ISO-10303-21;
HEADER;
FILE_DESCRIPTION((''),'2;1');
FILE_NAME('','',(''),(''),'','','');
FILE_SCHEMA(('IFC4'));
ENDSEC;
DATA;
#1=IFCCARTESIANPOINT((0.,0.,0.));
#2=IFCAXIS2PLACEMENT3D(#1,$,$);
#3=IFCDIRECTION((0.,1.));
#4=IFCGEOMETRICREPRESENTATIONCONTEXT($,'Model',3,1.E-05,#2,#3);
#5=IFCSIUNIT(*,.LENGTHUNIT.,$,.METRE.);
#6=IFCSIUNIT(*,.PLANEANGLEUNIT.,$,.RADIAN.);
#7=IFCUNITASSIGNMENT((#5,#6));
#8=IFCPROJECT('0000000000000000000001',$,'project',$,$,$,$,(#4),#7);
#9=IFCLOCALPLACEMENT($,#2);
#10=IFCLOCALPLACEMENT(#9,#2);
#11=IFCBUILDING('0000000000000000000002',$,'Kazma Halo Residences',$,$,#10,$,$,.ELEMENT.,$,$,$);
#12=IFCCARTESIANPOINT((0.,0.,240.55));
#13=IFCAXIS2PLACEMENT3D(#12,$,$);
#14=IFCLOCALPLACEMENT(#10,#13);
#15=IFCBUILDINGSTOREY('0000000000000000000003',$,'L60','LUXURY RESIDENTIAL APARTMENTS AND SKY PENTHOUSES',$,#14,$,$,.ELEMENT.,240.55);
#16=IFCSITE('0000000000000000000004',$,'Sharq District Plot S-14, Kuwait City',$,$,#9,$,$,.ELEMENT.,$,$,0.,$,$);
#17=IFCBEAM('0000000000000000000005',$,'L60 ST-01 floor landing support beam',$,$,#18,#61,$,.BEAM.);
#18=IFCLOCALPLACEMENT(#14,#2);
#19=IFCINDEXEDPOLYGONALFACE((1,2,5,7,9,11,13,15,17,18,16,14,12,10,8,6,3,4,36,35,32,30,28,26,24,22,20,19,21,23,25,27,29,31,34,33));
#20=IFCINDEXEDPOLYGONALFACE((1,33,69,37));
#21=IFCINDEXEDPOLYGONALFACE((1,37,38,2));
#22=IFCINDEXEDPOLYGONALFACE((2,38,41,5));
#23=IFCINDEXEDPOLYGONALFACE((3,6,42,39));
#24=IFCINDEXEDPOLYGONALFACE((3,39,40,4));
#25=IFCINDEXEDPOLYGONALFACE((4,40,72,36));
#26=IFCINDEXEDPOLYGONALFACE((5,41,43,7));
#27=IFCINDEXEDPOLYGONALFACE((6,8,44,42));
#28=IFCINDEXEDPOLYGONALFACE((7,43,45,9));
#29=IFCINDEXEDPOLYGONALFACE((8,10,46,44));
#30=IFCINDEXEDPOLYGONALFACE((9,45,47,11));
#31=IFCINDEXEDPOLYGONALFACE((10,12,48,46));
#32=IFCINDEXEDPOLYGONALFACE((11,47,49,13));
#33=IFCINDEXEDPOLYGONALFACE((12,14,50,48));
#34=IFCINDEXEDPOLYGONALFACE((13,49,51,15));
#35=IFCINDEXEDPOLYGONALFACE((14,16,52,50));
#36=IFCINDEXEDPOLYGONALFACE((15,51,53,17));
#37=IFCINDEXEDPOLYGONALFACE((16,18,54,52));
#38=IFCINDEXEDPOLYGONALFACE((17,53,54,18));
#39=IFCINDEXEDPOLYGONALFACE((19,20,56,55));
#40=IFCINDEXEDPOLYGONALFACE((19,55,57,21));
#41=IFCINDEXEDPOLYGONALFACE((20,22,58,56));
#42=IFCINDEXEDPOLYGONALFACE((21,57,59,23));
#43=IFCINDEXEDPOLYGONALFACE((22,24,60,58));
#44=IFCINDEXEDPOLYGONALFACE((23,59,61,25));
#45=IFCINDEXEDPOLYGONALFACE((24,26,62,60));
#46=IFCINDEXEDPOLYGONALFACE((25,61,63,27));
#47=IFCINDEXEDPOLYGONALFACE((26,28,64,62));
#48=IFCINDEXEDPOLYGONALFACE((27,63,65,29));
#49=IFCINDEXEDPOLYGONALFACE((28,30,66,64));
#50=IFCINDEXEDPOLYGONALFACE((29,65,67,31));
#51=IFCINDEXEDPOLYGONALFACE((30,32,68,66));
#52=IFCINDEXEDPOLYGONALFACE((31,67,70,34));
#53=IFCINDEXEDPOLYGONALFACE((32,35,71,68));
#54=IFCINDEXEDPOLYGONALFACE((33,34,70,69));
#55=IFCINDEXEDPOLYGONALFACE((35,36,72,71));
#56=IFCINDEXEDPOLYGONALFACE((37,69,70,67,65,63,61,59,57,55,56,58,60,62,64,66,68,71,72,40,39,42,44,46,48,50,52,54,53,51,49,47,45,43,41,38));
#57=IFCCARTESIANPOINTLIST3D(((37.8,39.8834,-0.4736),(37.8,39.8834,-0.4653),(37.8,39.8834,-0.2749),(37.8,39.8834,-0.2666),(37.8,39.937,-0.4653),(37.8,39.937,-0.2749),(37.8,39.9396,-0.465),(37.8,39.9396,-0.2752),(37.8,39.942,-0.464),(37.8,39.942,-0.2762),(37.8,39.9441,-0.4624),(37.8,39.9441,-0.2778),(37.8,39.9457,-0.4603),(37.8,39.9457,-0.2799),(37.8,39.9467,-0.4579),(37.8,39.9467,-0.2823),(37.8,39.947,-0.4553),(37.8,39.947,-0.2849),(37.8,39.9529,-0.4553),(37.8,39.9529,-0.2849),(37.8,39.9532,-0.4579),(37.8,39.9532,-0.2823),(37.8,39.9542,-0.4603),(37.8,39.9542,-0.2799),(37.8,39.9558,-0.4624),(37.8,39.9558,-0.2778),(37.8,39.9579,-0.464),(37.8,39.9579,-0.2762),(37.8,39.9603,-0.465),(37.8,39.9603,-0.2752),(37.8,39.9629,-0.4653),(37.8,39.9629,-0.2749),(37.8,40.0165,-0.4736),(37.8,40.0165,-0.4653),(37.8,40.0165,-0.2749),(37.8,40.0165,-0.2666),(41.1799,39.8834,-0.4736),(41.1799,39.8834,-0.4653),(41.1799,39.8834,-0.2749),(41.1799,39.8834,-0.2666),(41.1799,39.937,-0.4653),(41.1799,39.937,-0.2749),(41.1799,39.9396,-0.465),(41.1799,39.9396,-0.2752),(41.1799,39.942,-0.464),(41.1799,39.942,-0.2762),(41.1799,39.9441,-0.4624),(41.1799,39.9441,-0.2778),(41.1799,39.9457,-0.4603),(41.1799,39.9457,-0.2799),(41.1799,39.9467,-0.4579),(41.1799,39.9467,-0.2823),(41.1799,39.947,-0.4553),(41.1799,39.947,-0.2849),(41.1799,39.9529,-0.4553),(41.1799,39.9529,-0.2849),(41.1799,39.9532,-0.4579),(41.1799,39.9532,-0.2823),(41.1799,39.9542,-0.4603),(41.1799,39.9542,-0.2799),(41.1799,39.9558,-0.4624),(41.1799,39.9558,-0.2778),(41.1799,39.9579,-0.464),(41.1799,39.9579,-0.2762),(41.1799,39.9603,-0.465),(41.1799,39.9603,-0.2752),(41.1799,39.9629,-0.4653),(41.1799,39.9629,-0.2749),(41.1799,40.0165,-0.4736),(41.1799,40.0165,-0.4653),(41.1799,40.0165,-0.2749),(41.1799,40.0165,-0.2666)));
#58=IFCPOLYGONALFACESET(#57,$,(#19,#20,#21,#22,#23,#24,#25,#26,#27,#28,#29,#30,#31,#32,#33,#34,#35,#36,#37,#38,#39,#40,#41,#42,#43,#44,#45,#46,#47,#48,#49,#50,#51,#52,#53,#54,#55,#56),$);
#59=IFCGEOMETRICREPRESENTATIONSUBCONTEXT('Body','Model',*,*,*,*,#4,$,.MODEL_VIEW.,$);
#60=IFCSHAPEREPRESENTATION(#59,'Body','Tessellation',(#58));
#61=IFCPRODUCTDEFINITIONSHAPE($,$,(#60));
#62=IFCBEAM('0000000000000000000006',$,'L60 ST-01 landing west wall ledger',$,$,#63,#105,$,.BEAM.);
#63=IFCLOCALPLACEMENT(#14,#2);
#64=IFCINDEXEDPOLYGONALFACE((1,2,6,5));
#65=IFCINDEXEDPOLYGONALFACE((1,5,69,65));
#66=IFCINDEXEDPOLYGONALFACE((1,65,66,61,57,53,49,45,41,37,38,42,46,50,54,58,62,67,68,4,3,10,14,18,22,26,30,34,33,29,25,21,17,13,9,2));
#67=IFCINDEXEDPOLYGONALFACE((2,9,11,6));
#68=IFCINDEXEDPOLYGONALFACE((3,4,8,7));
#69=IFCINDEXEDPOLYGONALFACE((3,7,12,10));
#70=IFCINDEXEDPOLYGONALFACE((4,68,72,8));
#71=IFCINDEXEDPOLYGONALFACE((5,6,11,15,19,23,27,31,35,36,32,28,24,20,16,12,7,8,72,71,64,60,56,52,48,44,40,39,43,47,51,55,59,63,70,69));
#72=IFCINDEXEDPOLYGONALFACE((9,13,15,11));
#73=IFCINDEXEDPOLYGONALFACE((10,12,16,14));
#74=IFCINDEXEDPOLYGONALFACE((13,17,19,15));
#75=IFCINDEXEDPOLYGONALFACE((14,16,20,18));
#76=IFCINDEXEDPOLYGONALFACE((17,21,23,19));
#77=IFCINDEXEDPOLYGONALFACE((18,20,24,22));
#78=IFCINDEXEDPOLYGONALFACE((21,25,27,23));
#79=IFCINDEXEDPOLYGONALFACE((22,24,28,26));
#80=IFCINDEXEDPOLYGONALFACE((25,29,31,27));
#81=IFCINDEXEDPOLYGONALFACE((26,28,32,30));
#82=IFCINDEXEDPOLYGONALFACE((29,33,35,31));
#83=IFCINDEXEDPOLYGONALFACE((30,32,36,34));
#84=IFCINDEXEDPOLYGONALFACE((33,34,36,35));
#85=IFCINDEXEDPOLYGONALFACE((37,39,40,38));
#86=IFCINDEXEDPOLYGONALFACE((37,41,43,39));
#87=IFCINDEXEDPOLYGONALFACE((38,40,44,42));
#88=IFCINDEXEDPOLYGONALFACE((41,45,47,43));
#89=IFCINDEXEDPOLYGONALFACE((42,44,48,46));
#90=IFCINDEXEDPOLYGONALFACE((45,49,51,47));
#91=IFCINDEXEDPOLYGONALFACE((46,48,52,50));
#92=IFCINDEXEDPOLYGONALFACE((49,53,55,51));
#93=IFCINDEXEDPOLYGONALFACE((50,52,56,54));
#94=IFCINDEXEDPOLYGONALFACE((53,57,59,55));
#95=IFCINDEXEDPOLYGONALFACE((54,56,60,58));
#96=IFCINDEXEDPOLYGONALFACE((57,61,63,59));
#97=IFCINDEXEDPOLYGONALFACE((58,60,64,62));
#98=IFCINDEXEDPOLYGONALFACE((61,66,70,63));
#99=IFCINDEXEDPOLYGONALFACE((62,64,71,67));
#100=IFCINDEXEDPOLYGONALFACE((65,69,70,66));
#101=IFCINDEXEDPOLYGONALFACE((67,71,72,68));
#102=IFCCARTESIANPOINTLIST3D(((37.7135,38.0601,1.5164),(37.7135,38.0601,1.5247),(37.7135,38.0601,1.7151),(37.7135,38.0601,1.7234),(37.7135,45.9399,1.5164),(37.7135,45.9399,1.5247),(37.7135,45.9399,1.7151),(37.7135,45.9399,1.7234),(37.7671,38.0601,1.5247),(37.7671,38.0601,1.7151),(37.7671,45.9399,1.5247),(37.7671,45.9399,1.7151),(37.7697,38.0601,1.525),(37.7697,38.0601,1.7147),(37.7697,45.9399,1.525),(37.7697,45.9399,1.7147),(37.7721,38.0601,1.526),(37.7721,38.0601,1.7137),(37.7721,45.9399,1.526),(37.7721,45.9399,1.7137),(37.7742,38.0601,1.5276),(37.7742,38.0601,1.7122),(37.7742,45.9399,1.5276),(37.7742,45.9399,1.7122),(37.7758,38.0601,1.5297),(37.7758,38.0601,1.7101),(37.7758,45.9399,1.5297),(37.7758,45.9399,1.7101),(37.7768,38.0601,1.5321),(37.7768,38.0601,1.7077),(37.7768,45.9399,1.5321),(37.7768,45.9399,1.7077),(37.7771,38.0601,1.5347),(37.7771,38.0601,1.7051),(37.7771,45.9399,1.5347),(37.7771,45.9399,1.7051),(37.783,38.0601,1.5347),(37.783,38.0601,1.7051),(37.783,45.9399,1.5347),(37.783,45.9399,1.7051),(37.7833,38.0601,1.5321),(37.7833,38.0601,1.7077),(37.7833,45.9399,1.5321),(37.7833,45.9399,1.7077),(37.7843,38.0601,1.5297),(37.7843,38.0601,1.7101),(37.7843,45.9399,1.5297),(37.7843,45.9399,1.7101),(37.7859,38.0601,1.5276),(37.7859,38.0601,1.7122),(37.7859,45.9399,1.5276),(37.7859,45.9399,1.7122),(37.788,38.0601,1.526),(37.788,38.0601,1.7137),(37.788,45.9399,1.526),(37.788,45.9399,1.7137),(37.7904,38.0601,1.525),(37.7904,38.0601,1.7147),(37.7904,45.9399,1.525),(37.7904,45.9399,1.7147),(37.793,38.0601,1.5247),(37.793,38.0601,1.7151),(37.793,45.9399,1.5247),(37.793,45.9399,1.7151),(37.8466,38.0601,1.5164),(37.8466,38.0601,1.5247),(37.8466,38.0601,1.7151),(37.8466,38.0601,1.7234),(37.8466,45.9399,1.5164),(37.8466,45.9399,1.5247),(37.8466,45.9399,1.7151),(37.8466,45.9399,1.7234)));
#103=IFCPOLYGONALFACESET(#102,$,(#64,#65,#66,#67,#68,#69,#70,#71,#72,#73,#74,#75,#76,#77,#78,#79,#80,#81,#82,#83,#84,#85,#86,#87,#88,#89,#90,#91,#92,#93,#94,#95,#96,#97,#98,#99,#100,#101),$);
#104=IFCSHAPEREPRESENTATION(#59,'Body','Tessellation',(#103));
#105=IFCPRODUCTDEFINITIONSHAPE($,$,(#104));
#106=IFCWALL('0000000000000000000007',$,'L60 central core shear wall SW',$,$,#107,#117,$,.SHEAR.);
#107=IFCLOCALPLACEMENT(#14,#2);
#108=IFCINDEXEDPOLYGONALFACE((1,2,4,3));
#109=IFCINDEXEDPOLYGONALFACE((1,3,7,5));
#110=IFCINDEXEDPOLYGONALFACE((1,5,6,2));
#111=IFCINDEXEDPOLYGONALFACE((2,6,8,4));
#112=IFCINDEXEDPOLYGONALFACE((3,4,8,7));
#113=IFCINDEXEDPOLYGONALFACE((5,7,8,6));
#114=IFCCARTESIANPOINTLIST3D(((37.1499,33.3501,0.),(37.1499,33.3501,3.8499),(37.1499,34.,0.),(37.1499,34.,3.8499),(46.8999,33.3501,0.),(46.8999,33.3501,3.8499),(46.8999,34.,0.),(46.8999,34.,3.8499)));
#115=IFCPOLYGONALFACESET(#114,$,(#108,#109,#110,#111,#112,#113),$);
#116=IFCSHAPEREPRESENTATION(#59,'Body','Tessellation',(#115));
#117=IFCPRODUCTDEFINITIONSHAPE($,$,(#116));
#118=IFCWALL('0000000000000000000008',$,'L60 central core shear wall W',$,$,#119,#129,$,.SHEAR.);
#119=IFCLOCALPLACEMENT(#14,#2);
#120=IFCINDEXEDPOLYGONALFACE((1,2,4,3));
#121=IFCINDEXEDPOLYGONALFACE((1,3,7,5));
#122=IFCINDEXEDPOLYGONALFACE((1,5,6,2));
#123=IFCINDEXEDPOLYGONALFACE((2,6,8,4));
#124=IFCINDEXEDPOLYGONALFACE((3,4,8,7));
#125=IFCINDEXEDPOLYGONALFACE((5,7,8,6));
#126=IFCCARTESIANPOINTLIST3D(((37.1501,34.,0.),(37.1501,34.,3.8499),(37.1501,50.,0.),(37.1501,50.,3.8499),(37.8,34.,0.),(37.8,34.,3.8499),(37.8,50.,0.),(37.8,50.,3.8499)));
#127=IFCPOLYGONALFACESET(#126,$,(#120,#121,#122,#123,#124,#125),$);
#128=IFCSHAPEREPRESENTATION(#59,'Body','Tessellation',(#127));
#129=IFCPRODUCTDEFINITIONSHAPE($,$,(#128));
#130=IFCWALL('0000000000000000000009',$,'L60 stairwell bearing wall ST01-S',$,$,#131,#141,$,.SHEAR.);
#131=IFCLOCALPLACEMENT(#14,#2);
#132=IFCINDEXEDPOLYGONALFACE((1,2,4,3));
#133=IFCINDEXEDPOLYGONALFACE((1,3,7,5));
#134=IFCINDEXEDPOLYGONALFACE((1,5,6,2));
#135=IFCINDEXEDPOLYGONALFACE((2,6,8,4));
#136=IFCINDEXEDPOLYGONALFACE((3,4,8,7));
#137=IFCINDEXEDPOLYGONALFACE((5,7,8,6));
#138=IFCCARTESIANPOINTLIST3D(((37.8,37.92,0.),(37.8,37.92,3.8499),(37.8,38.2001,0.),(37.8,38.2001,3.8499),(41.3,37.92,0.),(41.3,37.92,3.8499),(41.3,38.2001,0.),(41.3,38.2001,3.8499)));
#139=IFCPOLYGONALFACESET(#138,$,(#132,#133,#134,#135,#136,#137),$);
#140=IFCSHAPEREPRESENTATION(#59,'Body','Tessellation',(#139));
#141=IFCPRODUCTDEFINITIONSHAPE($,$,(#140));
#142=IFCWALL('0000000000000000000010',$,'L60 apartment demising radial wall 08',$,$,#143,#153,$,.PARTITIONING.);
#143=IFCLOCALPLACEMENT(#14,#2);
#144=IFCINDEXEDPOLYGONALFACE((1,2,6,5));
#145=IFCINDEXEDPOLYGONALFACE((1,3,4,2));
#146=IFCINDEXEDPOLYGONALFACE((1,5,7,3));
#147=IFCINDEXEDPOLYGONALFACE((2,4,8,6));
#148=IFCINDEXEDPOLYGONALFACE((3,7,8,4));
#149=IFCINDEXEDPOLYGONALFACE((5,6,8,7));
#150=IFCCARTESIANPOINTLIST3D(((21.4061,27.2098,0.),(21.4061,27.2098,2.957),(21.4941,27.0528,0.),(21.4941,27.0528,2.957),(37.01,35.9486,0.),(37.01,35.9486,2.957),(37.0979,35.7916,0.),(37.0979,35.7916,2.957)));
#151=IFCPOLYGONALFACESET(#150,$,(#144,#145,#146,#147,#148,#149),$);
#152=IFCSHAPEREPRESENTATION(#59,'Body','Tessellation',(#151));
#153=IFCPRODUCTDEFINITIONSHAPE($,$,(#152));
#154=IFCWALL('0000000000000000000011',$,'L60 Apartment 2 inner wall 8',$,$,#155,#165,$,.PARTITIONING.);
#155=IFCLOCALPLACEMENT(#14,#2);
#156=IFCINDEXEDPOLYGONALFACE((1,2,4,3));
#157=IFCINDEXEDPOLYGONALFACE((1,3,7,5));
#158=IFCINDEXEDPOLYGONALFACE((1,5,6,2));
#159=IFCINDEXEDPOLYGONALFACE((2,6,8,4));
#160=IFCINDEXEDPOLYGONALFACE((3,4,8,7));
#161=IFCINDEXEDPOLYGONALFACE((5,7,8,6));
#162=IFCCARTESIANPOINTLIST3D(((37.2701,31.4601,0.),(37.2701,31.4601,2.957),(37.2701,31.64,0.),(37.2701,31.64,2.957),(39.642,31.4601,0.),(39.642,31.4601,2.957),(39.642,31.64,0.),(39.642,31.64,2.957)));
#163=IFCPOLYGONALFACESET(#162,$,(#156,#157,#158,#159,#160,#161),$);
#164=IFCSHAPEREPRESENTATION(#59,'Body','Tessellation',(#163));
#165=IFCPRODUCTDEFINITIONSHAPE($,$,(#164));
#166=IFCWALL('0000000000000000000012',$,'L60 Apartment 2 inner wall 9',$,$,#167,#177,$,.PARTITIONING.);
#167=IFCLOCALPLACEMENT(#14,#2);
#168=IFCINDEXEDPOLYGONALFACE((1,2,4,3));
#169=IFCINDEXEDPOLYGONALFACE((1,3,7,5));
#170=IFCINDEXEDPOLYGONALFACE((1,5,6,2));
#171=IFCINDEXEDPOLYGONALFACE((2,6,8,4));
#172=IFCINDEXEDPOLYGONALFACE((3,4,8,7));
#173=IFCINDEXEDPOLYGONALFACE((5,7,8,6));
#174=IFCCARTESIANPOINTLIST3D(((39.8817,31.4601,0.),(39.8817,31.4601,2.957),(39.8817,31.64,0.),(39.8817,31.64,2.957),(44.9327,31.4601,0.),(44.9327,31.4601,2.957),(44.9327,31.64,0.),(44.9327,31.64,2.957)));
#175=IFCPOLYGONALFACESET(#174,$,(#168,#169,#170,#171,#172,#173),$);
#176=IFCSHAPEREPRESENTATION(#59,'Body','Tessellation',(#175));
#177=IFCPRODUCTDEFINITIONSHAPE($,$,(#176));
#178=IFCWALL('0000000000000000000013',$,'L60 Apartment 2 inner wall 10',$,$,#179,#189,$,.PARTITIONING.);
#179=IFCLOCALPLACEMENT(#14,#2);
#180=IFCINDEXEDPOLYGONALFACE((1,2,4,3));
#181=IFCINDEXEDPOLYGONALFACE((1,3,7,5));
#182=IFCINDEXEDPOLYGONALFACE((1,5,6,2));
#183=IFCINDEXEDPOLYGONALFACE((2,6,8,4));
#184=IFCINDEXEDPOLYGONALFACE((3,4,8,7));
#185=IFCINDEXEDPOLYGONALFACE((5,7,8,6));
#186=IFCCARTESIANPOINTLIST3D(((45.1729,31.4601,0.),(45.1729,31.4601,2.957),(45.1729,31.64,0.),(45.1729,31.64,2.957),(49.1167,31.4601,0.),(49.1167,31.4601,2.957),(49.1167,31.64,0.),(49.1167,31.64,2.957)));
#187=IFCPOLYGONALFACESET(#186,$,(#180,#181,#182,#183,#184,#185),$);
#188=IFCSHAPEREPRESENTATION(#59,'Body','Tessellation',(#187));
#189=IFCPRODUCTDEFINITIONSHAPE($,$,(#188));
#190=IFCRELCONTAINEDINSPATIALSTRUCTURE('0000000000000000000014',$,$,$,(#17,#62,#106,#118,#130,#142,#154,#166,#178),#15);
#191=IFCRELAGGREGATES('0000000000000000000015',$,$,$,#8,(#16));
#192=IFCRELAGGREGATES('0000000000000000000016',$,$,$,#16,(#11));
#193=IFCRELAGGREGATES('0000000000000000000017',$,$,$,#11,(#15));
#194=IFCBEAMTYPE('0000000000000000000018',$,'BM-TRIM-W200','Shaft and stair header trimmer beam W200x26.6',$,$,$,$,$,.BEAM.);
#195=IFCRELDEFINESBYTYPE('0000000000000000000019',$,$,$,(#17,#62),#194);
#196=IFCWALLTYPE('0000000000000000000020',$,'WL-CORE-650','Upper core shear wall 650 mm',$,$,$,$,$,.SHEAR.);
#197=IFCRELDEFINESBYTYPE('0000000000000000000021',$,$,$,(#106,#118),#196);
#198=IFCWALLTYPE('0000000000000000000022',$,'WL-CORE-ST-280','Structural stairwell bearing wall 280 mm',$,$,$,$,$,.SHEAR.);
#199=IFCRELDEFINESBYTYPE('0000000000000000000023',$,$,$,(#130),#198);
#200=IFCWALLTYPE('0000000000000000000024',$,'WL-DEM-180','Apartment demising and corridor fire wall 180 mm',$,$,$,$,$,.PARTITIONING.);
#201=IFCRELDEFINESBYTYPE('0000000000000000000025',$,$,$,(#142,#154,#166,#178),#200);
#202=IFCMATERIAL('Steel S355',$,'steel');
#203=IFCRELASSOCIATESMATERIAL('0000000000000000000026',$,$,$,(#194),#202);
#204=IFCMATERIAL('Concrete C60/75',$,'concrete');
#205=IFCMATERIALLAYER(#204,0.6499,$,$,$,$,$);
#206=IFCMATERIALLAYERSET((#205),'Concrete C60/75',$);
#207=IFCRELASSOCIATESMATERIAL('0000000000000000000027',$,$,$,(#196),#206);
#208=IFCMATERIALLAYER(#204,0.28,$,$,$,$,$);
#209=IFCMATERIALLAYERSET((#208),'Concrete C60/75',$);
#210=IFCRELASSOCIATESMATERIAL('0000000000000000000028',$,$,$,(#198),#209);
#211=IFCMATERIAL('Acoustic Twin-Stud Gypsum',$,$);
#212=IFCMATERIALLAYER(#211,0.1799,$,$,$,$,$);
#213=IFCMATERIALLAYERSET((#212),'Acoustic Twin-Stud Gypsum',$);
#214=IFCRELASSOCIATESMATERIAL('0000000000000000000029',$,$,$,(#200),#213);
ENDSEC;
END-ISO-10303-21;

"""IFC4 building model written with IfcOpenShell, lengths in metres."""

from ifc_helpers import new_model, si_unit, direction, frame, frame_2d, origin, origin_2d, place, context, subcontext, project, spatial, rectangle, i_section, extrude, material, layer, layer_set, material_profile, profile_set, type_object, element, save


model = new_model("IFC4")

# Units and contexts
model_context = context("Model", 3, precision=1e-05, world=origin(), true_north=direction((0.0, 1.0)))
body_context = subcontext(model_context, "Body", "Model", "MODEL_VIEW")
ifc_project = project(units=[si_unit("LENGTHUNIT", "METRE"), si_unit("PLANEANGLEUNIT", "RADIAN")], contexts=[model_context])

# Site, building, storey
site_placement = place(None, origin())
site = spatial("IfcSite", under=ifc_project, at=site_placement, Name="Sharq District Plot S-14, Kuwait City", CompositionType="ELEMENT", RefElevation=0.0)
building_placement = place(site_placement, origin())
building = spatial("IfcBuilding", under=site, at=building_placement, Name="Kazma Halo Residences", CompositionType="ELEMENT")
storey_placement = place(building_placement, frame((0.0, 0.0, 240.55)))
storey = spatial("IfcBuildingStorey", under=building, at=storey_placement, Name="L60", Description="LUXURY RESIDENTIAL APARTMENTS AND SKY PENTHOUSES", CompositionType="ELEMENT", Elevation=240.55)

# Beams
ifc_material_1 = material(Name="Steel S355", Category="steel")
ifc_material_profile_1 = material_profile(ifc_material_1, i_section(OverallWidth=0.1331, OverallDepth=0.207, WebThickness=0.0059, FlangeThickness=0.0083, FilletRadius=0.01, at=origin_2d()), Name="W200x26.6")
ifc_profile_set_1 = profile_set([ifc_material_profile_1], Name="Steel S355")
beam_type_1 = type_object("IfcBeamType", Name="BM-TRIM-W200", Description="Shaft and stair header trimmer beam W200x26.6", PredefinedType="BEAM", material=ifc_profile_set_1)
beam_1_placement = place(storey_placement, frame((37.8, 39.95, -0.3701), z_axis=(1.0, 0.0, 0.0), x_axis=(0.0, 1.0, 0.0)))
element("IfcBeam", 1, at=beam_1_placement, inside=storey, type_object=beam_type_1, Name="L60 ST-01 floor landing support beam", PredefinedType="BEAM", context=body_context, shape_type="SweptSolid", body=[
    extrude(i_section(OverallWidth=0.1331, OverallDepth=0.207, WebThickness=0.0059, FlangeThickness=0.0083, FilletRadius=0.01, at=origin_2d()), origin(), (0.0, 0.0, 1.0), 3.3799),
])
beam_2_placement = place(storey_placement, frame((37.78, 38.0601, 1.6199), z_axis=(0.0, 1.0, 0.0), x_axis=(-1.0, 0.0, 0.0)))
element("IfcBeam", 2, at=beam_2_placement, inside=storey, type_object=beam_type_1, Name="L60 ST-01 landing west wall ledger", PredefinedType="BEAM", context=body_context, shape_type="SweptSolid", body=[
    extrude(i_section(OverallWidth=0.1331, OverallDepth=0.207, WebThickness=0.0059, FlangeThickness=0.0083, FilletRadius=0.01, at=origin_2d()), origin(), (0.0, 0.0, 1.0), 7.8799),
])

# Walls
ifc_material_2 = material(Name="Concrete C60/75", Category="concrete")
ifc_layer_1 = layer(ifc_material_2, 0.6499)
ifc_layer_set_1 = layer_set([ifc_layer_1], Name="Concrete C60/75")
wall_type_1 = type_object("IfcWallType", Name="WL-CORE-650", Description="Upper core shear wall 650 mm", PredefinedType="SHEAR", material=ifc_layer_set_1)
wall_1_placement = place(storey_placement, frame((37.1499, 33.675, 0.0), z_axis=(0.0, 0.0, 1.0), x_axis=(1.0, 0.0, 0.0)))
element("IfcWall", 3, at=wall_1_placement, inside=storey, type_object=wall_type_1, Name="L60 central core shear wall SW", PredefinedType="SHEAR", context=body_context, shape_type="SweptSolid", body=[
    extrude(rectangle(XDim=9.75, YDim=0.6499, at=frame_2d((4.875, 0.0))), origin(), (0.0, 0.0, 1.0), 3.8499),
])
wall_2_placement = place(storey_placement, frame((37.4751, 34.0, 0.0), z_axis=(0.0, 0.0, 1.0), x_axis=(0.0, 1.0, 0.0)))
element("IfcWall", 4, at=wall_2_placement, inside=storey, type_object=wall_type_1, Name="L60 central core shear wall W", PredefinedType="SHEAR", context=body_context, shape_type="SweptSolid", body=[
    extrude(rectangle(XDim=16.0, YDim=0.6499, at=frame_2d((8.0, 0.0))), origin(), (0.0, 0.0, 1.0), 3.8499),
])
ifc_layer_2 = layer(ifc_material_2, 0.28)
ifc_layer_set_2 = layer_set([ifc_layer_2], Name="Concrete C60/75")
wall_type_2 = type_object("IfcWallType", Name="WL-CORE-ST-280", Description="Structural stairwell bearing wall 280 mm", PredefinedType="SHEAR", material=ifc_layer_set_2)
wall_3_placement = place(storey_placement, frame((37.8, 38.0601, 0.0), z_axis=(0.0, 0.0, 1.0), x_axis=(1.0, 0.0, 0.0)))
element("IfcWall", 5, at=wall_3_placement, inside=storey, type_object=wall_type_2, Name="L60 stairwell bearing wall ST01-S", PredefinedType="SHEAR", context=body_context, shape_type="SweptSolid", body=[
    extrude(rectangle(XDim=3.5, YDim=0.28, at=frame_2d((1.75, 0.0))), origin(), (0.0, 0.0, 1.0), 3.8499),
])
ifc_material_3 = material(Name="Acoustic Twin-Stud Gypsum")
ifc_layer_3 = layer(ifc_material_3, 0.1799)
ifc_layer_set_3 = layer_set([ifc_layer_3], Name="Acoustic Twin-Stud Gypsum")
wall_type_3 = type_object("IfcWallType", Name="WL-DEM-180", Description="Apartment demising and corridor fire wall 180 mm", PredefinedType="PARTITIONING", material=ifc_layer_set_3)
wall_4_placement = place(storey_placement, frame((37.054, 35.8701, 0.0), z_axis=(0.0, 0.0, 1.0), x_axis=(-0.87249, -0.488632, 0.0)))
element("IfcWall", 6, at=wall_4_placement, inside=storey, type_object=wall_type_3, Name="L60 apartment demising radial wall 08", PredefinedType="PARTITIONING", context=body_context, shape_type="SweptSolid", body=[
    extrude(rectangle(XDim=17.8843, YDim=0.1799, at=frame_2d((8.9421, 0.0))), origin(), (0.0, 0.0, 1.0), 2.957),
])
wall_5_placement = place(storey_placement, frame((37.27, 31.55, 0.0), z_axis=(0.0, 0.0, 1.0), x_axis=(1.0, 0.0, 0.0)))
element("IfcWall", 7, at=wall_5_placement, inside=storey, type_object=wall_type_3, Name="L60 Apartment 2 inner wall 8", PredefinedType="PARTITIONING", context=body_context, shape_type="SweptSolid", body=[
    extrude(rectangle(XDim=2.3718, YDim=0.1799, at=frame_2d((1.186, 0.0))), origin(), (0.0, 0.0, 1.0), 2.957),
])
wall_6_placement = place(storey_placement, frame((39.8818, 31.55, 0.0), z_axis=(0.0, 0.0, 1.0), x_axis=(1.0, 0.0, 0.0)))
element("IfcWall", 8, at=wall_6_placement, inside=storey, type_object=wall_type_3, Name="L60 Apartment 2 inner wall 9", PredefinedType="PARTITIONING", context=body_context, shape_type="SweptSolid", body=[
    extrude(rectangle(XDim=5.051, YDim=0.1799, at=frame_2d((2.5254, 0.0))), origin(), (0.0, 0.0, 1.0), 2.957),
])
wall_7_placement = place(storey_placement, frame((45.1729, 31.55, 0.0), z_axis=(0.0, 0.0, 1.0), x_axis=(1.0, 0.0, 0.0)))
element("IfcWall", 9, at=wall_7_placement, inside=storey, type_object=wall_type_3, Name="L60 Apartment 2 inner wall 10", PredefinedType="PARTITIONING", context=body_context, shape_type="SweptSolid", body=[
    extrude(rectangle(XDim=3.9438, YDim=0.1799, at=frame_2d((1.9719, 0.0))), origin(), (0.0, 0.0, 1.0), 2.957),
])

save(model, "model.ifc")
